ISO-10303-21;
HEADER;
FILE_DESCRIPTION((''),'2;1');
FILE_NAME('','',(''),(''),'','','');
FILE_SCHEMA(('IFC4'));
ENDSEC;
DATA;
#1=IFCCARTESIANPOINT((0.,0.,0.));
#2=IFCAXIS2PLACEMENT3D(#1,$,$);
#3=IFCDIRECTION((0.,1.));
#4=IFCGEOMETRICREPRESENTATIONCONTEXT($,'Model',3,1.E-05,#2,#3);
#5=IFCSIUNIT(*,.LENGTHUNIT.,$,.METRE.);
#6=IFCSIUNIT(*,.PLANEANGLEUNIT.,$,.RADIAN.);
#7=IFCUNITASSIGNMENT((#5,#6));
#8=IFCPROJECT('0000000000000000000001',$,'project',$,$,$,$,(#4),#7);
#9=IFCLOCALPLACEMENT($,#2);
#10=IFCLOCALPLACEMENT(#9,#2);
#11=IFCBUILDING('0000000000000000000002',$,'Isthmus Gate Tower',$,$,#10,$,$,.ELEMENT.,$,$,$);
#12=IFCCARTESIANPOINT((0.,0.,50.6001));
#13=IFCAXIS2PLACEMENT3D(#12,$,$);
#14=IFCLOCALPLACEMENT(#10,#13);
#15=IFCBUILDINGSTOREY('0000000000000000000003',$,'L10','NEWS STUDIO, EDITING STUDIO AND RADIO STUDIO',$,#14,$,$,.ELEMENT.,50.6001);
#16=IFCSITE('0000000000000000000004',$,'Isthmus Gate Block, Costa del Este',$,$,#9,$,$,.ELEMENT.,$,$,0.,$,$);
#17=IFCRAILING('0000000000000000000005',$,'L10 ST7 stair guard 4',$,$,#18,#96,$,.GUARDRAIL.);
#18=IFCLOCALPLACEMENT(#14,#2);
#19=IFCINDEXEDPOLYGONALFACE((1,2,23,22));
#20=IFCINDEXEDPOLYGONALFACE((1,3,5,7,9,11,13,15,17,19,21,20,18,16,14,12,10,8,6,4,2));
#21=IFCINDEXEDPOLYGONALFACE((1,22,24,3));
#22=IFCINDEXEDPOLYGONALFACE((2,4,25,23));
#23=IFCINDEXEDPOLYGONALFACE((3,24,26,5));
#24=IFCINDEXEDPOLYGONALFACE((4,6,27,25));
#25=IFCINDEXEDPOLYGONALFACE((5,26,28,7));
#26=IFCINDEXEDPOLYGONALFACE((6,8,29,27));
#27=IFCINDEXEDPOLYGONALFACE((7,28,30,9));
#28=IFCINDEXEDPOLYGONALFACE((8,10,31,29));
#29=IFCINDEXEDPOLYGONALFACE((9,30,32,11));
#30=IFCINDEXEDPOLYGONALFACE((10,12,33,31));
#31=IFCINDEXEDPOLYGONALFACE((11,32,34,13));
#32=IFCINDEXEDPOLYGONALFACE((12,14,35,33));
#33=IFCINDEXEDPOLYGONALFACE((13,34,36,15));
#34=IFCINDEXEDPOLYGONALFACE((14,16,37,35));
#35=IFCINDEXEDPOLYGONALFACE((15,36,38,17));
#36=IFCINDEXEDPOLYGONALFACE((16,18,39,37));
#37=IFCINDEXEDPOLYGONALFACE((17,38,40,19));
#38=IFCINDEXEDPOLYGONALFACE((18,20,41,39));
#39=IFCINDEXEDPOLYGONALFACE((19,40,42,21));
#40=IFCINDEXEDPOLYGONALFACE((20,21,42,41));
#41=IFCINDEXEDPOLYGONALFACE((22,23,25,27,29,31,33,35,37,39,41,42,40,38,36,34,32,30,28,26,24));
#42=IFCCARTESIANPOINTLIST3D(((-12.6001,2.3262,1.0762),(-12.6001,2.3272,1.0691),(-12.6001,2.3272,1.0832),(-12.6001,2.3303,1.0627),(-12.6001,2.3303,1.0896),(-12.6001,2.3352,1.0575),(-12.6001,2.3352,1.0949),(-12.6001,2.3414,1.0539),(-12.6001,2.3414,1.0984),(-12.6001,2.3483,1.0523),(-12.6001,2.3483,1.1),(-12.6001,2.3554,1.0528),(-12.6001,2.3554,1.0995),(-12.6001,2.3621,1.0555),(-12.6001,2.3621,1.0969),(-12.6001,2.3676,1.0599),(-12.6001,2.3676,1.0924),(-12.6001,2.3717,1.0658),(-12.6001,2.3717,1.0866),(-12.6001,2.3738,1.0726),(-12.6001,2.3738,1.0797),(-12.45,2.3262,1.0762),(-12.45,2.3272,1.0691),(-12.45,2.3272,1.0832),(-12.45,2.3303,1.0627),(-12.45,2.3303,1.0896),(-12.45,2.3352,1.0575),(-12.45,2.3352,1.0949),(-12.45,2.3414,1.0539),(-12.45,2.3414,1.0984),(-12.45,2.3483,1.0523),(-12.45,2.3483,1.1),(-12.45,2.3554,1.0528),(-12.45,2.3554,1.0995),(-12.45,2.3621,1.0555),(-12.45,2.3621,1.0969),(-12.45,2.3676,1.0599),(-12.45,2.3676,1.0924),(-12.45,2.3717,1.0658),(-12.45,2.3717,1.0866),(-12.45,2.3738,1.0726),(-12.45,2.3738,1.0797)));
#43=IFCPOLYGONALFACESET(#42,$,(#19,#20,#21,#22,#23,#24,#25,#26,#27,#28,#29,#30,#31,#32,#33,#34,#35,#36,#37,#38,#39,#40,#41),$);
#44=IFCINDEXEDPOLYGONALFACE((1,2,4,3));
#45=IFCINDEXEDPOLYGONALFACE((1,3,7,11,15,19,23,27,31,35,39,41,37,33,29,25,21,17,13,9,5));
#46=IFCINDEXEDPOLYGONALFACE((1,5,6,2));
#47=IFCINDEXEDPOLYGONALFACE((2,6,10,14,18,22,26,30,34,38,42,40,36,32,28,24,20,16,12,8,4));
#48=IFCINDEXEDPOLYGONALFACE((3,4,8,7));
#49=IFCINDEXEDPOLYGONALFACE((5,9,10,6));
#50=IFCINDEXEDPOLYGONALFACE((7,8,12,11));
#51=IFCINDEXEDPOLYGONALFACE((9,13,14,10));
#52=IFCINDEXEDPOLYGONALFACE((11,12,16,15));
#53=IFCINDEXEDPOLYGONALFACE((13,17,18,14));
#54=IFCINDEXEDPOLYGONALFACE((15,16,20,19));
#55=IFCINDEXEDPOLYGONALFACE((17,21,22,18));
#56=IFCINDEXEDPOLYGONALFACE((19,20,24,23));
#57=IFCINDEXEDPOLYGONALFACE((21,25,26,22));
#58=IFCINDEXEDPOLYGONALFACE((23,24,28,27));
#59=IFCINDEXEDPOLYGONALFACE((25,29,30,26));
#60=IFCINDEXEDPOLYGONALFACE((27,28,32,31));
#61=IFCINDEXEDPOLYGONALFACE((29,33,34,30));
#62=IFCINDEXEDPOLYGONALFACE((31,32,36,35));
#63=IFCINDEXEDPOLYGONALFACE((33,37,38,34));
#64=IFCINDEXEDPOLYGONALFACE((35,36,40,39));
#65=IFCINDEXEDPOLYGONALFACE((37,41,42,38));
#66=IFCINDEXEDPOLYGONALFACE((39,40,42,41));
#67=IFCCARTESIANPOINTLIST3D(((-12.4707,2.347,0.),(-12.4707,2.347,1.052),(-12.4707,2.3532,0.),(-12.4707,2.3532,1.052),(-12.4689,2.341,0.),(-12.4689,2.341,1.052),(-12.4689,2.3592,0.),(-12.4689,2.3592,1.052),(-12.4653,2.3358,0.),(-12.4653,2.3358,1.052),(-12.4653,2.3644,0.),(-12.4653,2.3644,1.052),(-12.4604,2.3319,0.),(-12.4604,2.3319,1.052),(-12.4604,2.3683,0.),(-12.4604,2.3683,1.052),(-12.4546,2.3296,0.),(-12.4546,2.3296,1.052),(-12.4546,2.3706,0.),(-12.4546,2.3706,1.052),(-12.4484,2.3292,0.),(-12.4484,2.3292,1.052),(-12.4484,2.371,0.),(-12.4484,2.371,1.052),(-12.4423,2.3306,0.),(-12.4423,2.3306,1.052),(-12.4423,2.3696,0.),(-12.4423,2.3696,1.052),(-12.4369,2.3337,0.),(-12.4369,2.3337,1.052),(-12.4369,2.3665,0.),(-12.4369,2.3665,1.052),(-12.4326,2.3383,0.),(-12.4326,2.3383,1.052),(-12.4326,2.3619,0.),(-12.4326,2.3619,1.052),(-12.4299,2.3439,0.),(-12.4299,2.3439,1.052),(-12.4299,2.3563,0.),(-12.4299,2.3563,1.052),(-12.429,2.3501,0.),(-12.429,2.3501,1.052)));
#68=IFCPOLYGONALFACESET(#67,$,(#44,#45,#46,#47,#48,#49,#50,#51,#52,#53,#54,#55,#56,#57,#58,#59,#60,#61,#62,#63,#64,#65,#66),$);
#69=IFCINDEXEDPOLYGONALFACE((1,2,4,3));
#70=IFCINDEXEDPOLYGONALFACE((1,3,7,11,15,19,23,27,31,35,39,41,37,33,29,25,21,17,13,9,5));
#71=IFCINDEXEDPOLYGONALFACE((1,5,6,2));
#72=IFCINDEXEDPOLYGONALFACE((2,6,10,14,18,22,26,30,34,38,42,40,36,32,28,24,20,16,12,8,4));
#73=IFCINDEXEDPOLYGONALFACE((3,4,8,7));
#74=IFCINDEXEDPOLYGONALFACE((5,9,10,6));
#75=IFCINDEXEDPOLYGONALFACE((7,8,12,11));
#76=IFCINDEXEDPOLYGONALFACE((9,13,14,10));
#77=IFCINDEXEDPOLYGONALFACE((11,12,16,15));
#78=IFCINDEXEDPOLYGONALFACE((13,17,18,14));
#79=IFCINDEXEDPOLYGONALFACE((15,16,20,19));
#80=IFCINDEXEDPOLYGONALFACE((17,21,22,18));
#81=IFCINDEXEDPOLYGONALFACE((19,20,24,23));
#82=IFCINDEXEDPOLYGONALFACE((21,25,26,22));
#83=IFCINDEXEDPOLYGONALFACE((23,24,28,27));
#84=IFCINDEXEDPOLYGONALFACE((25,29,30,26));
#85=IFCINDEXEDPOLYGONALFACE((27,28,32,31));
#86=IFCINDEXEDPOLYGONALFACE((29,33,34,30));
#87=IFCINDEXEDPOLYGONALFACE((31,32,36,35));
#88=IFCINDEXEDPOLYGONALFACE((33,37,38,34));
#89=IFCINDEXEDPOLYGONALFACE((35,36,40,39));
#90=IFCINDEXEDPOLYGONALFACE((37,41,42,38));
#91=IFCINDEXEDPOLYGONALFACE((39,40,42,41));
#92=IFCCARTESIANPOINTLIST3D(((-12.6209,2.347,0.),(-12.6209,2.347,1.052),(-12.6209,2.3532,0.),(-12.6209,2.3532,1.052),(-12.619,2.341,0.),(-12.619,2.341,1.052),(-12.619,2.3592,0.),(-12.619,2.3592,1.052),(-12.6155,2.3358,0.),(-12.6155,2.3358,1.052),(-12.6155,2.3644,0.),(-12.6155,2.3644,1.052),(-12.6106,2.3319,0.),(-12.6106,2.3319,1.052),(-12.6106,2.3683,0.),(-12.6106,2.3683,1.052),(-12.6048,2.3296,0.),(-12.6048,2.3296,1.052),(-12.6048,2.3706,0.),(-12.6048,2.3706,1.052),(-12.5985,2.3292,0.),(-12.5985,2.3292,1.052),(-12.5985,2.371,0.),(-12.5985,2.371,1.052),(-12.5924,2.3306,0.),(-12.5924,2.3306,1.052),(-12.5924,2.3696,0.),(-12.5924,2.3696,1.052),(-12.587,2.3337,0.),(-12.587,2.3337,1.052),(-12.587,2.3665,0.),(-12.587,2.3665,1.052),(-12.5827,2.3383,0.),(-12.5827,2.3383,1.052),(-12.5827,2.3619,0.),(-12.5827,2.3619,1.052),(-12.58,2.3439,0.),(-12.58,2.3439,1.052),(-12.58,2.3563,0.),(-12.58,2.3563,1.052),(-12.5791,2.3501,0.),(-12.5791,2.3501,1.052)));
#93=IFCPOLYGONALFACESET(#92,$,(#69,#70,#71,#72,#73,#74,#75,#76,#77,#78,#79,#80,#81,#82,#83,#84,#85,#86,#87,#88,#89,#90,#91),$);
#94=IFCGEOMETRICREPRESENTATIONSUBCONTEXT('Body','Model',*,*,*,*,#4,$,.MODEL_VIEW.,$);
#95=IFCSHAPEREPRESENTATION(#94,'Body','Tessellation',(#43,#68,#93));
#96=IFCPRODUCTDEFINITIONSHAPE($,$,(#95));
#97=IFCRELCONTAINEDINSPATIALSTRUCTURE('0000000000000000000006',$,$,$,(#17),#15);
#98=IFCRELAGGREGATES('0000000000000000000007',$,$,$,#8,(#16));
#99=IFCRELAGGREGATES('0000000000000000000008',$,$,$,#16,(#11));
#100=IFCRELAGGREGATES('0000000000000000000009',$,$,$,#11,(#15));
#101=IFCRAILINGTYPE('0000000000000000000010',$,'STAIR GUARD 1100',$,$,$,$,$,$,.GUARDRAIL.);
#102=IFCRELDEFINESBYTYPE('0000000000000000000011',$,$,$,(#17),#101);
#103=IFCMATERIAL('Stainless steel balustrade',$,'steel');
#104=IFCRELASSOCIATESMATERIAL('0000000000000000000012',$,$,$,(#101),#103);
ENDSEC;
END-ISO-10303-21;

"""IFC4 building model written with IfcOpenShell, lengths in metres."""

from ifc_helpers import new_model, si_unit, direction, frame, origin, origin_2d, place, context, subcontext, project, spatial, circle, extrude, material, type_object, element, save


model = new_model("IFC4")

# Units and contexts
model_context = context("Model", 3, precision=1e-05, world=origin(), true_north=direction((0.0, 1.0)))
body_context = subcontext(model_context, "Body", "Model", "MODEL_VIEW")
ifc_project = project(units=[si_unit("LENGTHUNIT", "METRE"), si_unit("PLANEANGLEUNIT", "RADIAN")], contexts=[model_context])

# Site, building, storey
site_placement = place(None, origin())
site = spatial("IfcSite", under=ifc_project, at=site_placement, Name="Isthmus Gate Block, Costa del Este", CompositionType="ELEMENT", RefElevation=0.0)
building_placement = place(site_placement, origin())
building = spatial("IfcBuilding", under=site, at=building_placement, Name="Isthmus Gate Tower", CompositionType="ELEMENT")
storey_placement = place(building_placement, frame((0.0, 0.0, 50.6001)))
storey = spatial("IfcBuildingStorey", under=building, at=storey_placement, Name="L10", Description="NEWS STUDIO, EDITING STUDIO AND RADIO STUDIO", CompositionType="ELEMENT", Elevation=50.6001)

# Railing
ifc_material_1 = material(Name="Stainless steel balustrade", Category="steel")
railing_type_1 = type_object("IfcRailingType", Name="STAIR GUARD 1100", PredefinedType="GUARDRAIL", material=ifc_material_1)
railing_1_placement = place(storey_placement, frame((-12.45, 2.3501, 0.0)))
element("IfcRailing", 1, at=railing_1_placement, inside=storey, type_object=railing_type_1, Name="L10 ST7 stair guard 4", PredefinedType="GUARDRAIL", context=body_context, shape_type="SweptSolid", body=[
    extrude(circle(Radius=0.0239, at=origin_2d()), frame((0.0, 0.0, 1.0762), z_axis=(-1.0, 0.0, 0.0), x_axis=(0.0, -1.0, 0.0)), (0.0, 0.0, 1.0), 0.1501),
    extrude(circle(Radius=0.021, at=origin_2d()), origin(), (0.0, 0.0, 1.0), 1.052),
    extrude(circle(Radius=0.021, at=origin_2d()), frame((-0.1501, 0.0, 0.0)), (0.0, 0.0, 1.0), 1.052),
])

save(model, "model.ifc")
